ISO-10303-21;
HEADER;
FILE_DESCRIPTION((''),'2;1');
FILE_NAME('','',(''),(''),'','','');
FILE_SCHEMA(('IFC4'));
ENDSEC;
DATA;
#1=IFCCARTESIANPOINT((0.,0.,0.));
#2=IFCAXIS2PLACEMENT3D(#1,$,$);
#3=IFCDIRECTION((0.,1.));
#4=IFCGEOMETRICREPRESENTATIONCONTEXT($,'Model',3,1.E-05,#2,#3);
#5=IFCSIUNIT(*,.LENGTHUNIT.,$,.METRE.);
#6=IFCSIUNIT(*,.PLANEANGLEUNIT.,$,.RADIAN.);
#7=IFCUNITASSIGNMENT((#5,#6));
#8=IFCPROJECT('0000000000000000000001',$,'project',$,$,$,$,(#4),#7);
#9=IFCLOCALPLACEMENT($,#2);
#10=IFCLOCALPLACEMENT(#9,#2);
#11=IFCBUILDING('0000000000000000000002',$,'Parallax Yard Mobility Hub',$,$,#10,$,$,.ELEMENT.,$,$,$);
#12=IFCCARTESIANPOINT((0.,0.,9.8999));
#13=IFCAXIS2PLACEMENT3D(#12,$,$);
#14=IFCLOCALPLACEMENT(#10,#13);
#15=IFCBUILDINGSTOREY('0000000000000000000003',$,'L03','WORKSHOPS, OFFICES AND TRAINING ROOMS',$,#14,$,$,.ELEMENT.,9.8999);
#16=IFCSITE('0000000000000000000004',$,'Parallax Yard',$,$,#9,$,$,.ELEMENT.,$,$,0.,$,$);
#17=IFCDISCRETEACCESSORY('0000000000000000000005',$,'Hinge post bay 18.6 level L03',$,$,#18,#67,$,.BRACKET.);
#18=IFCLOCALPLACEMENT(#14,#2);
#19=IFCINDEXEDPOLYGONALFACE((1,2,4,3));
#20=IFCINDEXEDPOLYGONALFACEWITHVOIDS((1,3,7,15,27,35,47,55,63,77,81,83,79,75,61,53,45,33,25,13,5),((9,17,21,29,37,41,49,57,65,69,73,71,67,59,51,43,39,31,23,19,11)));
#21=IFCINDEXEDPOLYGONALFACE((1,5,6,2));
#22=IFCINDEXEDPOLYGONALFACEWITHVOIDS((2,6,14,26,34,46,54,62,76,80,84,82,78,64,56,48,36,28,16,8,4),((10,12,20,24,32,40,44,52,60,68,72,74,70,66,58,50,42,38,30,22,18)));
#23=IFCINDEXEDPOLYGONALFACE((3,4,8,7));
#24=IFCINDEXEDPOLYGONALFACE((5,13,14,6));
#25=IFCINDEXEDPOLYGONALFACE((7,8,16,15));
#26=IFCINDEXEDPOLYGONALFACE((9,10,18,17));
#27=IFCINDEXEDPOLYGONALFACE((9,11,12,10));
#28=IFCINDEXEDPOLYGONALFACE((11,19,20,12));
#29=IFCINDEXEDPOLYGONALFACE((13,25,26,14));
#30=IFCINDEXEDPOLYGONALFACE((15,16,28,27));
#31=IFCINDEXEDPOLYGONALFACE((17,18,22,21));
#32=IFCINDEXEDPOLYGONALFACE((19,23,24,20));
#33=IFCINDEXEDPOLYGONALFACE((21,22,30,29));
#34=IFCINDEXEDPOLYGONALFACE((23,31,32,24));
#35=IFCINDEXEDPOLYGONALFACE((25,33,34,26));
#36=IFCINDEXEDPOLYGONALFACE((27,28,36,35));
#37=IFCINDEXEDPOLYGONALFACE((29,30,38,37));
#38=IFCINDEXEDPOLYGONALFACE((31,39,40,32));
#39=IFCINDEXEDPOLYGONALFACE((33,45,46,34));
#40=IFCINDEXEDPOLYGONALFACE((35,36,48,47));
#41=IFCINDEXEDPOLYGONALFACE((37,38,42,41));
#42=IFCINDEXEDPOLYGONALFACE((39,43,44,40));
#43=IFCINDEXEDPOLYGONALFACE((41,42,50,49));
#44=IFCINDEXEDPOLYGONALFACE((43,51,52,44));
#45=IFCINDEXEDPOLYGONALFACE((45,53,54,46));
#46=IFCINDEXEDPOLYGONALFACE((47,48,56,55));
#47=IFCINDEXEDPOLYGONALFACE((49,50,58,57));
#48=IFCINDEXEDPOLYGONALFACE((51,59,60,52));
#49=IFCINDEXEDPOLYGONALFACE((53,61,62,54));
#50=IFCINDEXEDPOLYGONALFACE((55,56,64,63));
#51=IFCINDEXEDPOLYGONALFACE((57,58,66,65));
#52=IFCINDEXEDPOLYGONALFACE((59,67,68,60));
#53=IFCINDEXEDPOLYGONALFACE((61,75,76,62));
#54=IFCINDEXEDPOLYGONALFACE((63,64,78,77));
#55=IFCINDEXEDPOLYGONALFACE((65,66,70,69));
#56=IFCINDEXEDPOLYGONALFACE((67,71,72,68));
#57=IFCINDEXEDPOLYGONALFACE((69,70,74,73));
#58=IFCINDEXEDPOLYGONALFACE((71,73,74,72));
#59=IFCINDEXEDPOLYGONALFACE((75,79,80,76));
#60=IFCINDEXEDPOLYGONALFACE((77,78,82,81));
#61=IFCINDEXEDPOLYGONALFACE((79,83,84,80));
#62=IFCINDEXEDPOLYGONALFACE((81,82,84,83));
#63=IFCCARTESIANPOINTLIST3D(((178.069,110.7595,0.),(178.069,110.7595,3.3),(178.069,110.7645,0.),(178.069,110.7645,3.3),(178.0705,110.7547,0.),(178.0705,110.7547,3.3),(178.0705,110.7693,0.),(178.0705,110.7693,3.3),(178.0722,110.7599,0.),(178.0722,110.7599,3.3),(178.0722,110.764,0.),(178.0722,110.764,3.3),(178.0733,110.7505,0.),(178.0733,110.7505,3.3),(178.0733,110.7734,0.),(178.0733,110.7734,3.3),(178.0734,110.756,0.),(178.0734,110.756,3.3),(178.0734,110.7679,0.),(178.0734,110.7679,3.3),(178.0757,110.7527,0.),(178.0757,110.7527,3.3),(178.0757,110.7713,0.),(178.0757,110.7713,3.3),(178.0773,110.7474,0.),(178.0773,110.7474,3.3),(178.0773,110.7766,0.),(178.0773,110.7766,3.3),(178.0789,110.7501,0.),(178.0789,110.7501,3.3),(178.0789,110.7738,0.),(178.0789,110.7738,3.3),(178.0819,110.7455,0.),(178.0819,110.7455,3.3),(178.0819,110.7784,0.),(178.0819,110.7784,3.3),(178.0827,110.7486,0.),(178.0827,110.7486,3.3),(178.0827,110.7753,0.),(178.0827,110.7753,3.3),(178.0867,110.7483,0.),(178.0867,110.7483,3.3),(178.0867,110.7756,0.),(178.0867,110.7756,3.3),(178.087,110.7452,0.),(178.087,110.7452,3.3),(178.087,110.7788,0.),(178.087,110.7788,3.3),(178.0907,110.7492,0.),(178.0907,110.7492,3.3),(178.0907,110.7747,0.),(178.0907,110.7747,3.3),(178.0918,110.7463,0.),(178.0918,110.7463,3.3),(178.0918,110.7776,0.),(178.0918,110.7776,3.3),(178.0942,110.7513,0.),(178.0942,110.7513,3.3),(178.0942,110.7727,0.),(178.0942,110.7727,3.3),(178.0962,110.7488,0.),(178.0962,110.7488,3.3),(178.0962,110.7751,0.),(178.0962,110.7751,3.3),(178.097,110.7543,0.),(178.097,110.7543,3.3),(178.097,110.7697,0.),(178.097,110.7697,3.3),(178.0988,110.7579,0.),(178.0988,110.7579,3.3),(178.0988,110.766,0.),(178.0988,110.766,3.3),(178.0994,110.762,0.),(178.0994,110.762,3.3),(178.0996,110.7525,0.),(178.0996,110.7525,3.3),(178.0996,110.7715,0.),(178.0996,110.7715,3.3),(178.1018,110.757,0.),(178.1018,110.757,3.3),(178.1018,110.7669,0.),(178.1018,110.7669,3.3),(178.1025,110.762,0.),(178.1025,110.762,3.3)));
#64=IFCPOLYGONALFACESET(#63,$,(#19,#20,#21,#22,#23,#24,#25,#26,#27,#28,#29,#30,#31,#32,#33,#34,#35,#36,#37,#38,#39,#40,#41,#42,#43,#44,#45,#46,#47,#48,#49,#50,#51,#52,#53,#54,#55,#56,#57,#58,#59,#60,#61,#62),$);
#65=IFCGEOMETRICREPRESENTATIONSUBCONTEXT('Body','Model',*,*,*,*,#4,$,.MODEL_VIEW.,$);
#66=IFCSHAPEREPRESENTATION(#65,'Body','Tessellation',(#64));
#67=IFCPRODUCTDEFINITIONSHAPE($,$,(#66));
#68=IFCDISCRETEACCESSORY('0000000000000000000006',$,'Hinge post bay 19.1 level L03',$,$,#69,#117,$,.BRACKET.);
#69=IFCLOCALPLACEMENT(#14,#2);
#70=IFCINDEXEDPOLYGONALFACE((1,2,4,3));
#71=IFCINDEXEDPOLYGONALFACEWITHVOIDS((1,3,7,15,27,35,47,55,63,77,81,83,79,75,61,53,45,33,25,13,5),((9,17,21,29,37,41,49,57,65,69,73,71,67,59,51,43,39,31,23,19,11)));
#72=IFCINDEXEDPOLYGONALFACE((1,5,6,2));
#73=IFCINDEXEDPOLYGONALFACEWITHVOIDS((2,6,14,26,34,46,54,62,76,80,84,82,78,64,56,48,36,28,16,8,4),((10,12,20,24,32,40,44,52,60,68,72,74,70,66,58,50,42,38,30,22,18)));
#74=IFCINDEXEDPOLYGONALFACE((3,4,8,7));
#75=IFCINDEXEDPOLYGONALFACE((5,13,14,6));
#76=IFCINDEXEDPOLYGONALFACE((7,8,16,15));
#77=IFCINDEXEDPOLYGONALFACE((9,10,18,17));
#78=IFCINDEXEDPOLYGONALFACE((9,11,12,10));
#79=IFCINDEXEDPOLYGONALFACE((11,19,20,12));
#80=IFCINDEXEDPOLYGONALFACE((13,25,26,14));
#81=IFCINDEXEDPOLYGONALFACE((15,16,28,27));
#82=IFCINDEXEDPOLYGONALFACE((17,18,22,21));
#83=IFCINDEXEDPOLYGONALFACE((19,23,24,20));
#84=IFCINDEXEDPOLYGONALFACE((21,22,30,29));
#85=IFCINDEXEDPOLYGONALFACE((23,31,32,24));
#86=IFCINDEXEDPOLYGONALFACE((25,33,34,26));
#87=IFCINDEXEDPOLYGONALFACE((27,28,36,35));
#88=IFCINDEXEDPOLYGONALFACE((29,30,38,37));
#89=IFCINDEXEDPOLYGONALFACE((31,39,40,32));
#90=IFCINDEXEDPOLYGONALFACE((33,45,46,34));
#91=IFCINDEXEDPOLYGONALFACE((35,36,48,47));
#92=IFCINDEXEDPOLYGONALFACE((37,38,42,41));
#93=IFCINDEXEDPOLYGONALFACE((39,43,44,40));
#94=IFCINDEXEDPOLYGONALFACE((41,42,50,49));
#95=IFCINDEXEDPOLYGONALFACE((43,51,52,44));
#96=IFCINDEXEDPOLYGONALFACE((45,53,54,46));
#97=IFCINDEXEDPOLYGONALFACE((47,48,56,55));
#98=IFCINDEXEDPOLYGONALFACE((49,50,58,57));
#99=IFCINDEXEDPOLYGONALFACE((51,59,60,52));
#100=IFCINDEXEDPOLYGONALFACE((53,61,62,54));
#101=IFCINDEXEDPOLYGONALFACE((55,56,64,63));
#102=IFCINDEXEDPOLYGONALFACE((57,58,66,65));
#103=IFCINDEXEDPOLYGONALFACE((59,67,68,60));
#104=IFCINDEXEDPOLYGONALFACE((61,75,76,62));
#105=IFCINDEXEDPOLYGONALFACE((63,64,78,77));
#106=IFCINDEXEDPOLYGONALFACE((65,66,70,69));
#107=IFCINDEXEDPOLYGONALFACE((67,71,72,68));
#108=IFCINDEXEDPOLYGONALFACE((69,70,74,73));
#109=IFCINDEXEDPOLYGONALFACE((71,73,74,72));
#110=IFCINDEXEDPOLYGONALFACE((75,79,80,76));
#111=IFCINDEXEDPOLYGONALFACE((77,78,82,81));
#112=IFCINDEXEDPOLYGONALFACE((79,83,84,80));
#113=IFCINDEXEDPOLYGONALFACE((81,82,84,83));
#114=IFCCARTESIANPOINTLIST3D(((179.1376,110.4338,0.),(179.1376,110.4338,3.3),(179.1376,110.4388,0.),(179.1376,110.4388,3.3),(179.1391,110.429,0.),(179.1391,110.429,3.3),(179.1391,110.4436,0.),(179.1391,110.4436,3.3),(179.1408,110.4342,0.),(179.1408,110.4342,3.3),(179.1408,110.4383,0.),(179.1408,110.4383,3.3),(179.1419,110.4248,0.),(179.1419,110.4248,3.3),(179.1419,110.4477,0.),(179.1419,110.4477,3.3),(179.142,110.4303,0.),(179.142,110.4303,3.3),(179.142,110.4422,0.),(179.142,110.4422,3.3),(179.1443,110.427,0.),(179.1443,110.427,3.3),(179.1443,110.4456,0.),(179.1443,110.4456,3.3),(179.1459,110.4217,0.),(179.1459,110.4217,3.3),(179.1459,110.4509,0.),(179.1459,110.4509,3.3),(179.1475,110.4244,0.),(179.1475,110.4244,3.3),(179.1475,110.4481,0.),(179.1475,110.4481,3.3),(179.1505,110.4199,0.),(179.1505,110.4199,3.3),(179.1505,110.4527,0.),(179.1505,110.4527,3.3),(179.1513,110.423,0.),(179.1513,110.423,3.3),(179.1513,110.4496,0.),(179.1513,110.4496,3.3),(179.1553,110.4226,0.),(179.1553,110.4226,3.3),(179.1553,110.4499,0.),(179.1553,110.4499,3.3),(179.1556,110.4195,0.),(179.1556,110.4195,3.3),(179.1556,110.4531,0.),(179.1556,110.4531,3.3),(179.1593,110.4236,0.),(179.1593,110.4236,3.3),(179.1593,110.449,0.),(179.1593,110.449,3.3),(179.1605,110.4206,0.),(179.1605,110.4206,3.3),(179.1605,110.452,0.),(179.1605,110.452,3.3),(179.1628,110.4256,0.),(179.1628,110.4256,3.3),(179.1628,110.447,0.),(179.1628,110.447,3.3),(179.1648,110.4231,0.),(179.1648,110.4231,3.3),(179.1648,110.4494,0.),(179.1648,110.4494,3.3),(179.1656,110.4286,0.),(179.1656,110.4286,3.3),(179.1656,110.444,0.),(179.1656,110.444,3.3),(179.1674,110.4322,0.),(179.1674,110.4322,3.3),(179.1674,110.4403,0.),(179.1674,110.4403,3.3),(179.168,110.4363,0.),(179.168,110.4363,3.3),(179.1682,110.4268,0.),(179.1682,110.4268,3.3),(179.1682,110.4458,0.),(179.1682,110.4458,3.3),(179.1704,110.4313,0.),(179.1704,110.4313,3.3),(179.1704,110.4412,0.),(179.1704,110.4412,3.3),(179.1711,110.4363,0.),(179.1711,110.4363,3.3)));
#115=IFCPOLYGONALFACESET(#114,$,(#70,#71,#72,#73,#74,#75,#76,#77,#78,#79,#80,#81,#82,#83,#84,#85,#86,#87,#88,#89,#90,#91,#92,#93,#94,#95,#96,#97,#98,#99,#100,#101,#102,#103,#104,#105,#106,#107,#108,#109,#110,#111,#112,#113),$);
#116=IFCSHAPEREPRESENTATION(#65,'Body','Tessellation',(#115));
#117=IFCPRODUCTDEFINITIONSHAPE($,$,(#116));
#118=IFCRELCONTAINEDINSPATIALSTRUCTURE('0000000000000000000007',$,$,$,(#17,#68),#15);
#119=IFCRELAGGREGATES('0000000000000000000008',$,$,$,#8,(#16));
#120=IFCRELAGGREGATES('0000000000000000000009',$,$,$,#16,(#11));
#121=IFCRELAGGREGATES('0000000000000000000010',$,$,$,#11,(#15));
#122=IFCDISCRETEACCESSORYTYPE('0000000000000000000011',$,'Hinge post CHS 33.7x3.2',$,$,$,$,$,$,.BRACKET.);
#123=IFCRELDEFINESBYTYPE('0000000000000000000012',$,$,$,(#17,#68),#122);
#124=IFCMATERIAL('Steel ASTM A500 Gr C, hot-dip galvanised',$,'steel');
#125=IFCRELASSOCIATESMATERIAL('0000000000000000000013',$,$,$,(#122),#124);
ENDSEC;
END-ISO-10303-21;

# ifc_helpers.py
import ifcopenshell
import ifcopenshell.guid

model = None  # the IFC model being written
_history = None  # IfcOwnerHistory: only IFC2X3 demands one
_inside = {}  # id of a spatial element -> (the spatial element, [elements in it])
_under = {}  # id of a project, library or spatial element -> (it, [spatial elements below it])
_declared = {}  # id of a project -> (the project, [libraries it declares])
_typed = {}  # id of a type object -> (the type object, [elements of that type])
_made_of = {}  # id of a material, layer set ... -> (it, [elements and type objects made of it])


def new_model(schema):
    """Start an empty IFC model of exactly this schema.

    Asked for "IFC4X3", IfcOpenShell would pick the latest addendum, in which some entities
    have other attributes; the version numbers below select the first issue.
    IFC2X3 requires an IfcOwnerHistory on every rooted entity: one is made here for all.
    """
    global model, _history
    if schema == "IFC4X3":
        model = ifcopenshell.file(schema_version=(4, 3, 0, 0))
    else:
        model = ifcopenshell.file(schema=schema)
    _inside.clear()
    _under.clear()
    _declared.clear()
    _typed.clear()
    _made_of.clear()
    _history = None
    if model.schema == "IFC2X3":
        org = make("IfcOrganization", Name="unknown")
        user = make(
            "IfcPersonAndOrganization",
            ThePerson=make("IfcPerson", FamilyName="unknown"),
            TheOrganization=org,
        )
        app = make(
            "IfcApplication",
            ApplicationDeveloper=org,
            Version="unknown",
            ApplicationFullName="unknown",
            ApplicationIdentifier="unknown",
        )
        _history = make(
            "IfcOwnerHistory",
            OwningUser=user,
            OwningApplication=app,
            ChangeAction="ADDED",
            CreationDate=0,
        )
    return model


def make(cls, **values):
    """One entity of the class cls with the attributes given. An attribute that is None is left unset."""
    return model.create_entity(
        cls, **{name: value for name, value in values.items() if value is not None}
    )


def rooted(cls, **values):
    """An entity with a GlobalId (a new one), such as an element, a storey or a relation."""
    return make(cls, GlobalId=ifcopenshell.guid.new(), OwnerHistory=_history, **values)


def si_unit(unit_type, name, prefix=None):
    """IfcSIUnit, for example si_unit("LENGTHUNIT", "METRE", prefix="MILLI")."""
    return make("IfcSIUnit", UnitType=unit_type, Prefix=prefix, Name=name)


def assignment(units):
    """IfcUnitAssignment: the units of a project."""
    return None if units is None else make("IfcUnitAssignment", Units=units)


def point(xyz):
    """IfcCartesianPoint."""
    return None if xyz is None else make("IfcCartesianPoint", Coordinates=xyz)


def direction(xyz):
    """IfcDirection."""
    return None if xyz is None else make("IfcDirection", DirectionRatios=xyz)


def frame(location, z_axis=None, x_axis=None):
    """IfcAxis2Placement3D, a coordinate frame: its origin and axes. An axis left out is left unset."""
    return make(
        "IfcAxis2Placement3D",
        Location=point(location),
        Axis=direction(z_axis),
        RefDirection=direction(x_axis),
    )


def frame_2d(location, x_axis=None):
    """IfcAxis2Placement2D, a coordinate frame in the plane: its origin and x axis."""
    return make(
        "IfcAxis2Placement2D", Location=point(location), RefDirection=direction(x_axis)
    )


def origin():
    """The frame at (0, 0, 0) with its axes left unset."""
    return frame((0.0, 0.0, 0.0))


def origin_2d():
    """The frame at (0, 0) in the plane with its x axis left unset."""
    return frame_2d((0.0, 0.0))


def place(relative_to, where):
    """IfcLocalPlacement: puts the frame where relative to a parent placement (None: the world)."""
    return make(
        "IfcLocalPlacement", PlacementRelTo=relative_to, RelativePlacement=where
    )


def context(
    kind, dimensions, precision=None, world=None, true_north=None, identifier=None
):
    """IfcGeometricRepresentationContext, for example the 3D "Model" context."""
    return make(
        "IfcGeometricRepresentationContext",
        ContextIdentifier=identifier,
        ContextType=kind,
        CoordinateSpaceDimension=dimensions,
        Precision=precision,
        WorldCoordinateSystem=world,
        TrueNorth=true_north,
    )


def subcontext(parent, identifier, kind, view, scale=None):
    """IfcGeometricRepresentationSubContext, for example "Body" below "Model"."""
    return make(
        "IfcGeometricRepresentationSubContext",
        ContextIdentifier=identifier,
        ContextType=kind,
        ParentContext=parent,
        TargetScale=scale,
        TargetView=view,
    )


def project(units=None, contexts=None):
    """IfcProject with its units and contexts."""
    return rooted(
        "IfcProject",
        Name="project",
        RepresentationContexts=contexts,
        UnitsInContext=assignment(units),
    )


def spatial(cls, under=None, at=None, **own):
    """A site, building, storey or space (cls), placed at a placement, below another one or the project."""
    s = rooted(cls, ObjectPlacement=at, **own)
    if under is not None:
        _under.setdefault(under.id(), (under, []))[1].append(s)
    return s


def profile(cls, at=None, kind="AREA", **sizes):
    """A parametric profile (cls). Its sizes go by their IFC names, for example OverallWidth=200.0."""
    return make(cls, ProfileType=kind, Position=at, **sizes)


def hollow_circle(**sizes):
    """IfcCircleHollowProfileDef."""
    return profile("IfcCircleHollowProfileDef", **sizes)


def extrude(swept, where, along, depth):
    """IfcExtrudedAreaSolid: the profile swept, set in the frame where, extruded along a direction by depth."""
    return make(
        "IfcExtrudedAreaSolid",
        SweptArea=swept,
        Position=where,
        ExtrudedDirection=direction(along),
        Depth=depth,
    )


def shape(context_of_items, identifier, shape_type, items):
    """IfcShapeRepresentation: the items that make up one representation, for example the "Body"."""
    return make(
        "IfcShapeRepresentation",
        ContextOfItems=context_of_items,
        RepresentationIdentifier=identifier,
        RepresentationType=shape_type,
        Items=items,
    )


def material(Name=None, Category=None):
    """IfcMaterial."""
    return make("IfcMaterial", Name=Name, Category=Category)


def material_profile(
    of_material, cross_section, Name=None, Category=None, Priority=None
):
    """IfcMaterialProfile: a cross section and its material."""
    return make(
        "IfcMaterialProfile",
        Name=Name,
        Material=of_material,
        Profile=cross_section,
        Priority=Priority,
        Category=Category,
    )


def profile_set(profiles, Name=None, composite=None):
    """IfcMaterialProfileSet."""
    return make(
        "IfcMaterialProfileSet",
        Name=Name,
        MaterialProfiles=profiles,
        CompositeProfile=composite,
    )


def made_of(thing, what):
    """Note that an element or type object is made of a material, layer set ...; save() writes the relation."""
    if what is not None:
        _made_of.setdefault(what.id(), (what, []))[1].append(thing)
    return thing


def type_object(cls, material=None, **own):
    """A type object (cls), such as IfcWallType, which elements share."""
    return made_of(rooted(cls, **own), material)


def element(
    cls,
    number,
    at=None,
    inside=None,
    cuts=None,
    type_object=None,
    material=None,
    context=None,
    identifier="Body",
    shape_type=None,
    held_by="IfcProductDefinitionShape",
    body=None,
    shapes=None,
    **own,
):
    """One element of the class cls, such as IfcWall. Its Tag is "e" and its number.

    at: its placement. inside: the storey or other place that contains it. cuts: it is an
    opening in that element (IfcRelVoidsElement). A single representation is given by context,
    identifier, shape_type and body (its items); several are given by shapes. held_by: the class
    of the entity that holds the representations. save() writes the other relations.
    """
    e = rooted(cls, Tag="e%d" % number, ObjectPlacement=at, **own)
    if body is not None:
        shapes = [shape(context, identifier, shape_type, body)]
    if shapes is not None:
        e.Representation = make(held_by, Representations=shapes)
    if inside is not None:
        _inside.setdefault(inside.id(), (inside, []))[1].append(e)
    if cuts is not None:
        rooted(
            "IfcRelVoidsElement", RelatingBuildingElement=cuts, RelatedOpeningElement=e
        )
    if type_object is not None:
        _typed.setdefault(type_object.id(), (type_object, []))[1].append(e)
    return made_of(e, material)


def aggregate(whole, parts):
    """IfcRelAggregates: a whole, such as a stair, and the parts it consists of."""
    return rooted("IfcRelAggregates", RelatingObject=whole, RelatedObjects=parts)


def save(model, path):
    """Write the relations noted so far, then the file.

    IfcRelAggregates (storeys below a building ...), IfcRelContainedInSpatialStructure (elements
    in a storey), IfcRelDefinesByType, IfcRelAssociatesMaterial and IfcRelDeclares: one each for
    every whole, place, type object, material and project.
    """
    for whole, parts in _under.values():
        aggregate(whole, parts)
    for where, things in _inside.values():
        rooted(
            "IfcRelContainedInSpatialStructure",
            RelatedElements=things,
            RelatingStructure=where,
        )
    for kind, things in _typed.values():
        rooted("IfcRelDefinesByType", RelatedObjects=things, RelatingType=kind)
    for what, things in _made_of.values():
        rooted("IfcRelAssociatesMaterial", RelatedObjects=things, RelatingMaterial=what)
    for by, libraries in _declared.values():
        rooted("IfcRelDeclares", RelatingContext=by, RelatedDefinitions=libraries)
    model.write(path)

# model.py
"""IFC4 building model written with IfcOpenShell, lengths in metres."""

from ifc_helpers import new_model, si_unit, direction, frame, origin, origin_2d, place, context, subcontext, project, spatial, hollow_circle, extrude, material, material_profile, profile_set, type_object, element, save


model = new_model("IFC4")

# Units and contexts
model_context = context("Model", 3, precision=1e-05, world=origin(), true_north=direction((0.0, 1.0)))
body_context = subcontext(model_context, "Body", "Model", "MODEL_VIEW")
ifc_project = project(units=[si_unit("LENGTHUNIT", "METRE"), si_unit("PLANEANGLEUNIT", "RADIAN")], contexts=[model_context])

# Site, building, storey
site_placement = place(None, origin())
site = spatial("IfcSite", under=ifc_project, at=site_placement, Name="Parallax Yard", CompositionType="ELEMENT", RefElevation=0.0)
building_placement = place(site_placement, origin())
building = spatial("IfcBuilding", under=site, at=building_placement, Name="Parallax Yard Mobility Hub", CompositionType="ELEMENT")
storey_placement = place(building_placement, frame((0.0, 0.0, 9.8999)))
storey = spatial("IfcBuildingStorey", under=building, at=storey_placement, Name="L03", Description="WORKSHOPS, OFFICES AND TRAINING ROOMS", CompositionType="ELEMENT", Elevation=9.8999)

# Discrete accessories
ifc_material_1 = material(Name="Steel ASTM A500 Gr C, hot-dip galvanised", Category="steel")
ifc_material_profile_1 = material_profile(ifc_material_1, hollow_circle(Radius=0.0168, WallThickness=0.0032, at=origin_2d()), Name="CHS 33.7x3.2")
ifc_profile_set_1 = profile_set([ifc_material_profile_1], Name="Steel ASTM A500 Gr C, hot-dip galvanised")
discrete_accessory_type_1 = type_object("IfcDiscreteAccessoryType", Name="Hinge post CHS 33.7x3.2", PredefinedType="BRACKET", material=ifc_profile_set_1)
for number, where, z_axis, x_axis, name in (
    (1, (178.0857, 110.762, 0.0), (0.0, 0.0, 1.0), (1.0, 0.0, 0.0), "Hinge post bay 18.6 level L03"),
    (2, (179.1543, 110.4363, 0.0), (0.0, 0.0, 1.0), (1.0, 0.0, 0.0), "Hinge post bay 19.1 level L03"),
):
    element("IfcDiscreteAccessory", number, at=place(storey_placement, frame(where, z_axis=z_axis, x_axis=x_axis)), inside=storey, type_object=discrete_accessory_type_1, Name=name, PredefinedType="BRACKET", context=body_context, shape_type="SweptSolid", body=[
        extrude(hollow_circle(Radius=0.0168, WallThickness=0.0032, at=origin_2d()), origin(), (0.0, 0.0, 1.0), 3.3),
    ])

save(model, "model.ifc")
